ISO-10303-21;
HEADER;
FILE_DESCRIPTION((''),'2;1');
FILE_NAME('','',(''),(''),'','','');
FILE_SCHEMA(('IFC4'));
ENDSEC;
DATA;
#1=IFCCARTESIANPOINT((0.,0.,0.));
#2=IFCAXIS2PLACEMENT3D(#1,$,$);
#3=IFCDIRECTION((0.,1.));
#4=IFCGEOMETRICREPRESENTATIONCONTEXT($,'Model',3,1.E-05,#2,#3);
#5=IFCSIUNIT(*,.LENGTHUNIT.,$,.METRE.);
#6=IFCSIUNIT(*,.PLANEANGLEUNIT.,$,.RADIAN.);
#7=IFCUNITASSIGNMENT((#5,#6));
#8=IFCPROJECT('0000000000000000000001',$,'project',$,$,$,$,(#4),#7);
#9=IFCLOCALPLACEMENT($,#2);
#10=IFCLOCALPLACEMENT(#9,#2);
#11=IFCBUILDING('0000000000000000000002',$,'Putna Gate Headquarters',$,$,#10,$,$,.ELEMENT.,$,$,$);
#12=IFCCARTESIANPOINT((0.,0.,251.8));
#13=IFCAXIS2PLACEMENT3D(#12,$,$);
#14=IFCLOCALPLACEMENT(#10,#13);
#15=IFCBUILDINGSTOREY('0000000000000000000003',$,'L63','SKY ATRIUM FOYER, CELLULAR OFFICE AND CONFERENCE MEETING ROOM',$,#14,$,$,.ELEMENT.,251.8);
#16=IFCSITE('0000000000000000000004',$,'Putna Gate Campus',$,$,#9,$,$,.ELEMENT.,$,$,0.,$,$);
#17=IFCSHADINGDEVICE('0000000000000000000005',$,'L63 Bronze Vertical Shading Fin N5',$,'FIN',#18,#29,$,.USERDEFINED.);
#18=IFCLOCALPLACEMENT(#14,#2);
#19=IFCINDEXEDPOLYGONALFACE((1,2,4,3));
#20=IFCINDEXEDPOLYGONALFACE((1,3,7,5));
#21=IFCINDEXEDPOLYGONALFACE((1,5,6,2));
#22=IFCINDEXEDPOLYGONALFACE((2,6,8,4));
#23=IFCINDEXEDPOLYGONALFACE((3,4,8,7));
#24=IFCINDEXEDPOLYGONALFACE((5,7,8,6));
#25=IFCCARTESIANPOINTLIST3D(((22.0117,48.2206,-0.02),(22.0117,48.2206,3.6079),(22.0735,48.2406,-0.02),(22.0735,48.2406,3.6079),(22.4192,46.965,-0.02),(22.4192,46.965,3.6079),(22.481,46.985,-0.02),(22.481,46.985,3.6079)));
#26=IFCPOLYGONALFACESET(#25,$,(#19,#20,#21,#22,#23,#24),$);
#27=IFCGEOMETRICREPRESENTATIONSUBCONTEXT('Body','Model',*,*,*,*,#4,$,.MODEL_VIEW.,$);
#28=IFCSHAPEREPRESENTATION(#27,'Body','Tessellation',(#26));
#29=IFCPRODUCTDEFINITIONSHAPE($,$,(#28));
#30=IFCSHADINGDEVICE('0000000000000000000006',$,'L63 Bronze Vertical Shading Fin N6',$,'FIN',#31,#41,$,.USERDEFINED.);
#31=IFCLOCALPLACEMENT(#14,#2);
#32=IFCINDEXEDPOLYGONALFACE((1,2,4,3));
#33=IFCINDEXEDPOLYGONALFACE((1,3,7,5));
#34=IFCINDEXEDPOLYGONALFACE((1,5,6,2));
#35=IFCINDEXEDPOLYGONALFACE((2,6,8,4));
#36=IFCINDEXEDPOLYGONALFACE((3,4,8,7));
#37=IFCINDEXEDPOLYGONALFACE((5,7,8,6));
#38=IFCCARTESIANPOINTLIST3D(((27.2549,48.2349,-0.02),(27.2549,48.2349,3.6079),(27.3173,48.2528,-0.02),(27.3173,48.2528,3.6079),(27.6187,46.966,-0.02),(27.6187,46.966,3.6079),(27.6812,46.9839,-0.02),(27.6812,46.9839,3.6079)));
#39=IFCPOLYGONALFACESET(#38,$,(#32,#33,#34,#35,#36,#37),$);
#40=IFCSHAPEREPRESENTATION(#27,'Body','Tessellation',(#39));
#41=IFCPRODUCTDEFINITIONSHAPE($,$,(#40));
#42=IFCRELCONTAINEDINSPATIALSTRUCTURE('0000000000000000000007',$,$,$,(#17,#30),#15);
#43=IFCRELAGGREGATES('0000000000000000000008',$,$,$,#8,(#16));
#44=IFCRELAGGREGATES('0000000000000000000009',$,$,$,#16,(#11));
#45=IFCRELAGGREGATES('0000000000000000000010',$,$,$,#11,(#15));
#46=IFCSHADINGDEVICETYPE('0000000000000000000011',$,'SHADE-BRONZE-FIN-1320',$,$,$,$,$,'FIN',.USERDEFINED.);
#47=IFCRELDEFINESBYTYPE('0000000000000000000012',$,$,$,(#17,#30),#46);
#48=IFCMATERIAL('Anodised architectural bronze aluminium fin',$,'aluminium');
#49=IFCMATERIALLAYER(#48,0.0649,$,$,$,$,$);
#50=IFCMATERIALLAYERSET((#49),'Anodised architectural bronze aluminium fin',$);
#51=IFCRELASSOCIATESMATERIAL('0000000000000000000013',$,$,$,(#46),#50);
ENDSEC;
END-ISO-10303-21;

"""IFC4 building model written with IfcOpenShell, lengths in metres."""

from ifc_helpers import new_model, si_unit, direction, frame, origin, origin_2d, place, context, subcontext, project, spatial, rectangle, extrude, material, layer, layer_set, type_object, element, save


model = new_model("IFC4")

# Units and contexts
model_context = context("Model", 3, precision=1e-05, world=origin(), true_north=direction((0.0, 1.0)))
body_context = subcontext(model_context, "Body", "Model", "MODEL_VIEW")
ifc_project = project(units=[si_unit("LENGTHUNIT", "METRE"), si_unit("PLANEANGLEUNIT", "RADIAN")], contexts=[model_context])

# Site, building, storey
site_placement = place(None, origin())
site = spatial("IfcSite", under=ifc_project, at=site_placement, Name="Putna Gate Campus", CompositionType="ELEMENT", RefElevation=0.0)
building_placement = place(site_placement, origin())
building = spatial("IfcBuilding", under=site, at=building_placement, Name="Putna Gate Headquarters", CompositionType="ELEMENT")
storey_placement = place(building_placement, frame((0.0, 0.0, 251.8)))
storey = spatial("IfcBuildingStorey", under=building, at=storey_placement, Name="L63", Description="SKY ATRIUM FOYER, CELLULAR OFFICE AND CONFERENCE MEETING ROOM", CompositionType="ELEMENT", Elevation=251.8)

# Shading devices
ifc_material_1 = material(Name="Anodised architectural bronze aluminium fin", Category="aluminium")
ifc_layer_1 = layer(ifc_material_1, 0.0649)
ifc_layer_set_1 = layer_set([ifc_layer_1], Name="Anodised architectural bronze aluminium fin")
shading_device_type = type_object("IfcShadingDeviceType", Name="SHADE-BRONZE-FIN-1320", ElementType="FIN", PredefinedType="USERDEFINED", material=ifc_layer_set_1)
for number, where, z_axis, x_axis, name in (
    (1, (22.2463, 47.6028, -0.02), (0.0, 0.0, 1.0), (-0.308685, 0.951164, 0.0), "L63 Bronze Vertical Shading Fin N5"),
    (2, (27.468, 47.6094, -0.02), (0.0, 0.0, 1.0), (-0.275637, 0.961262, 0.0), "L63 Bronze Vertical Shading Fin N6"),
):
    element("IfcShadingDevice", number, at=place(storey_placement, frame(where, z_axis=z_axis, x_axis=x_axis)), inside=storey, type_object=shading_device_type, Name=name, ObjectType="FIN", PredefinedType="USERDEFINED", context=body_context, shape_type="SweptSolid", body=[
        extrude(rectangle(XDim=1.3201, YDim=0.0649, at=origin_2d()), origin(), (0.0, 0.0, 1.0), 3.6279),
    ])

save(model, "model.ifc")
